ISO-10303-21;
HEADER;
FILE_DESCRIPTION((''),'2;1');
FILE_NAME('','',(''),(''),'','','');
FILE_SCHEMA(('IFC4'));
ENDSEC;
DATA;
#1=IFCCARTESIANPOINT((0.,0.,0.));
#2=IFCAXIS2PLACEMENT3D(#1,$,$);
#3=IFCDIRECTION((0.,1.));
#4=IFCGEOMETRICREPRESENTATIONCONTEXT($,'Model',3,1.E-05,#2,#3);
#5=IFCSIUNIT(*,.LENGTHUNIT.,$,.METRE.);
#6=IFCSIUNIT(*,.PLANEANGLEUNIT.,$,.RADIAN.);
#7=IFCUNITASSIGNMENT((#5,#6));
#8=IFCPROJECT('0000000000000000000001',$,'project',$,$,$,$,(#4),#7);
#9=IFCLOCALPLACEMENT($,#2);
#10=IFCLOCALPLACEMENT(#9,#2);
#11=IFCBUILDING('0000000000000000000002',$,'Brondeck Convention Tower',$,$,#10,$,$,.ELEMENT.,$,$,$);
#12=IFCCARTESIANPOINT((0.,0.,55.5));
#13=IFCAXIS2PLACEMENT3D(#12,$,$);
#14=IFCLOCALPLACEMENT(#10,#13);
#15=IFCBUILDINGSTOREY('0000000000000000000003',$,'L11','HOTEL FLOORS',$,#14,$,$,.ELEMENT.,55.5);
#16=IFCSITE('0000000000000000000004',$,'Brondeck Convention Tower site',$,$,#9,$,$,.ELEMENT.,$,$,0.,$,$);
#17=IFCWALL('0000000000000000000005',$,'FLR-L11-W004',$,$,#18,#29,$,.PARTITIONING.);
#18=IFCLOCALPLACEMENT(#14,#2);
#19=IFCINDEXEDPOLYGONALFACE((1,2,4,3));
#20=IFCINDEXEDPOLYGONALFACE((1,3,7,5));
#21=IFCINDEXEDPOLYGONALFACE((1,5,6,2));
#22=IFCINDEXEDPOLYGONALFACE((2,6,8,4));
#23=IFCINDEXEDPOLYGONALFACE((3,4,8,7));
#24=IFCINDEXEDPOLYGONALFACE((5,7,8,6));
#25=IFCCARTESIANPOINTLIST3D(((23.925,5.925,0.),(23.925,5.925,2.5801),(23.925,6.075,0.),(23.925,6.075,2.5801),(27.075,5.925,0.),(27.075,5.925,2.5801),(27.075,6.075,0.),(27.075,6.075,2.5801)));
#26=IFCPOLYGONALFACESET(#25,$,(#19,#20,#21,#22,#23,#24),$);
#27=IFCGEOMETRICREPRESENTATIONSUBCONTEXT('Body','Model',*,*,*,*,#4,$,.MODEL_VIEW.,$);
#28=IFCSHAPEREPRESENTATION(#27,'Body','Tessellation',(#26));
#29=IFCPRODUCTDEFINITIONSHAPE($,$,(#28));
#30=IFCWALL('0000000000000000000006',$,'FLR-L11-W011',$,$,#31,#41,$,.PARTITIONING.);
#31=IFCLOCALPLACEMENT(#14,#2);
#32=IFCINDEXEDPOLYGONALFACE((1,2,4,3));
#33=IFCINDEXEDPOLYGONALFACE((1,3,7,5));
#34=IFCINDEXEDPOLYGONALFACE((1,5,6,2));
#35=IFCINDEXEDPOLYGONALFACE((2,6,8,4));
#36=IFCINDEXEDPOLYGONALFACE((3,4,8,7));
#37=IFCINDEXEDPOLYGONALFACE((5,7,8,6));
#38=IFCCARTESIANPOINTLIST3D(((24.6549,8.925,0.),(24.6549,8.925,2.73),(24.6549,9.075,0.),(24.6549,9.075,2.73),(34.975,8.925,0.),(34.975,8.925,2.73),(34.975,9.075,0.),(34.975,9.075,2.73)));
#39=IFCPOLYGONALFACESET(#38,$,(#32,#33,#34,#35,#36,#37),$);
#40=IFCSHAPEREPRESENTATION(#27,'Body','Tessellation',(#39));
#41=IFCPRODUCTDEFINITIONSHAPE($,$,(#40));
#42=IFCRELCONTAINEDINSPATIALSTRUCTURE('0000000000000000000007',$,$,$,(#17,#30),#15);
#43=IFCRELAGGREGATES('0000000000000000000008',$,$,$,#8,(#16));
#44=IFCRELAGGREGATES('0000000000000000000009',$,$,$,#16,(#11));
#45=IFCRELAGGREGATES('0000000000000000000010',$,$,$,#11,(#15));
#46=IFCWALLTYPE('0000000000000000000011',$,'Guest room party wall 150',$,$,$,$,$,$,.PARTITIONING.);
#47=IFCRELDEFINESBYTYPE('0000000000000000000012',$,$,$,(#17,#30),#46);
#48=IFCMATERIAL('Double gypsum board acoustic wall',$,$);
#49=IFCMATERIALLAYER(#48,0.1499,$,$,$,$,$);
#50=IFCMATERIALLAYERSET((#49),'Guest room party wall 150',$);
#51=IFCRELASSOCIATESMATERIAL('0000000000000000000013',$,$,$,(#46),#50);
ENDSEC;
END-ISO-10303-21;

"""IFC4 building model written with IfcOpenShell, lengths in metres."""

from ifc_helpers import new_model, si_unit, direction, frame, frame_2d, origin, place, context, subcontext, project, spatial, rectangle, extrude, material, layer, layer_set, type_object, element, save


model = new_model("IFC4")

# Units and contexts
model_context = context("Model", 3, precision=1e-05, world=origin(), true_north=direction((0.0, 1.0)))
body_context = subcontext(model_context, "Body", "Model", "MODEL_VIEW")
ifc_project = project(units=[si_unit("LENGTHUNIT", "METRE"), si_unit("PLANEANGLEUNIT", "RADIAN")], contexts=[model_context])

# Site, building, storey
site_placement = place(None, origin())
site = spatial("IfcSite", under=ifc_project, at=site_placement, Name="Brondeck Convention Tower site", CompositionType="ELEMENT", RefElevation=0.0)
building_placement = place(site_placement, origin())
building = spatial("IfcBuilding", under=site, at=building_placement, Name="Brondeck Convention Tower", CompositionType="ELEMENT")
storey_placement = place(building_placement, frame((0.0, 0.0, 55.5)))
storey = spatial("IfcBuildingStorey", under=building, at=storey_placement, Name="L11", Description="HOTEL FLOORS", CompositionType="ELEMENT", Elevation=55.5)

# Walls
ifc_material_1 = material(Name="Double gypsum board acoustic wall")
ifc_layer_1 = layer(ifc_material_1, 0.1499)
ifc_layer_set_1 = layer_set([ifc_layer_1], Name="Guest room party wall 150")
wall_type_1 = type_object("IfcWallType", Name="Guest room party wall 150", PredefinedType="PARTITIONING", material=ifc_layer_set_1)
wall_1_placement = place(storey_placement, frame((27.075, 6.0, 0.0), z_axis=(0.0, 0.0, 1.0), x_axis=(-1.0, 0.0, 0.0)))
element("IfcWall", 1, at=wall_1_placement, inside=storey, type_object=wall_type_1, Name="FLR-L11-W004", PredefinedType="PARTITIONING", context=body_context, shape_type="SweptSolid", body=[
    extrude(rectangle(XDim=3.1499, YDim=0.1499, at=frame_2d((1.575, 0.0))), origin(), (0.0, 0.0, 1.0), 2.5801),
])
wall_2_placement = place(storey_placement, frame((34.9751, 9.0, 0.0), z_axis=(0.0, 0.0, 1.0), x_axis=(-1.0, 0.0, 0.0)))
element("IfcWall", 2, at=wall_2_placement, inside=storey, type_object=wall_type_1, Name="FLR-L11-W011", PredefinedType="PARTITIONING", context=body_context, shape_type="SweptSolid", body=[
    extrude(rectangle(XDim=10.3201, YDim=0.1499, at=frame_2d((5.1602, 0.0))), origin(), (0.0, 0.0, 1.0), 2.73),
])

save(model, "model.ifc")
